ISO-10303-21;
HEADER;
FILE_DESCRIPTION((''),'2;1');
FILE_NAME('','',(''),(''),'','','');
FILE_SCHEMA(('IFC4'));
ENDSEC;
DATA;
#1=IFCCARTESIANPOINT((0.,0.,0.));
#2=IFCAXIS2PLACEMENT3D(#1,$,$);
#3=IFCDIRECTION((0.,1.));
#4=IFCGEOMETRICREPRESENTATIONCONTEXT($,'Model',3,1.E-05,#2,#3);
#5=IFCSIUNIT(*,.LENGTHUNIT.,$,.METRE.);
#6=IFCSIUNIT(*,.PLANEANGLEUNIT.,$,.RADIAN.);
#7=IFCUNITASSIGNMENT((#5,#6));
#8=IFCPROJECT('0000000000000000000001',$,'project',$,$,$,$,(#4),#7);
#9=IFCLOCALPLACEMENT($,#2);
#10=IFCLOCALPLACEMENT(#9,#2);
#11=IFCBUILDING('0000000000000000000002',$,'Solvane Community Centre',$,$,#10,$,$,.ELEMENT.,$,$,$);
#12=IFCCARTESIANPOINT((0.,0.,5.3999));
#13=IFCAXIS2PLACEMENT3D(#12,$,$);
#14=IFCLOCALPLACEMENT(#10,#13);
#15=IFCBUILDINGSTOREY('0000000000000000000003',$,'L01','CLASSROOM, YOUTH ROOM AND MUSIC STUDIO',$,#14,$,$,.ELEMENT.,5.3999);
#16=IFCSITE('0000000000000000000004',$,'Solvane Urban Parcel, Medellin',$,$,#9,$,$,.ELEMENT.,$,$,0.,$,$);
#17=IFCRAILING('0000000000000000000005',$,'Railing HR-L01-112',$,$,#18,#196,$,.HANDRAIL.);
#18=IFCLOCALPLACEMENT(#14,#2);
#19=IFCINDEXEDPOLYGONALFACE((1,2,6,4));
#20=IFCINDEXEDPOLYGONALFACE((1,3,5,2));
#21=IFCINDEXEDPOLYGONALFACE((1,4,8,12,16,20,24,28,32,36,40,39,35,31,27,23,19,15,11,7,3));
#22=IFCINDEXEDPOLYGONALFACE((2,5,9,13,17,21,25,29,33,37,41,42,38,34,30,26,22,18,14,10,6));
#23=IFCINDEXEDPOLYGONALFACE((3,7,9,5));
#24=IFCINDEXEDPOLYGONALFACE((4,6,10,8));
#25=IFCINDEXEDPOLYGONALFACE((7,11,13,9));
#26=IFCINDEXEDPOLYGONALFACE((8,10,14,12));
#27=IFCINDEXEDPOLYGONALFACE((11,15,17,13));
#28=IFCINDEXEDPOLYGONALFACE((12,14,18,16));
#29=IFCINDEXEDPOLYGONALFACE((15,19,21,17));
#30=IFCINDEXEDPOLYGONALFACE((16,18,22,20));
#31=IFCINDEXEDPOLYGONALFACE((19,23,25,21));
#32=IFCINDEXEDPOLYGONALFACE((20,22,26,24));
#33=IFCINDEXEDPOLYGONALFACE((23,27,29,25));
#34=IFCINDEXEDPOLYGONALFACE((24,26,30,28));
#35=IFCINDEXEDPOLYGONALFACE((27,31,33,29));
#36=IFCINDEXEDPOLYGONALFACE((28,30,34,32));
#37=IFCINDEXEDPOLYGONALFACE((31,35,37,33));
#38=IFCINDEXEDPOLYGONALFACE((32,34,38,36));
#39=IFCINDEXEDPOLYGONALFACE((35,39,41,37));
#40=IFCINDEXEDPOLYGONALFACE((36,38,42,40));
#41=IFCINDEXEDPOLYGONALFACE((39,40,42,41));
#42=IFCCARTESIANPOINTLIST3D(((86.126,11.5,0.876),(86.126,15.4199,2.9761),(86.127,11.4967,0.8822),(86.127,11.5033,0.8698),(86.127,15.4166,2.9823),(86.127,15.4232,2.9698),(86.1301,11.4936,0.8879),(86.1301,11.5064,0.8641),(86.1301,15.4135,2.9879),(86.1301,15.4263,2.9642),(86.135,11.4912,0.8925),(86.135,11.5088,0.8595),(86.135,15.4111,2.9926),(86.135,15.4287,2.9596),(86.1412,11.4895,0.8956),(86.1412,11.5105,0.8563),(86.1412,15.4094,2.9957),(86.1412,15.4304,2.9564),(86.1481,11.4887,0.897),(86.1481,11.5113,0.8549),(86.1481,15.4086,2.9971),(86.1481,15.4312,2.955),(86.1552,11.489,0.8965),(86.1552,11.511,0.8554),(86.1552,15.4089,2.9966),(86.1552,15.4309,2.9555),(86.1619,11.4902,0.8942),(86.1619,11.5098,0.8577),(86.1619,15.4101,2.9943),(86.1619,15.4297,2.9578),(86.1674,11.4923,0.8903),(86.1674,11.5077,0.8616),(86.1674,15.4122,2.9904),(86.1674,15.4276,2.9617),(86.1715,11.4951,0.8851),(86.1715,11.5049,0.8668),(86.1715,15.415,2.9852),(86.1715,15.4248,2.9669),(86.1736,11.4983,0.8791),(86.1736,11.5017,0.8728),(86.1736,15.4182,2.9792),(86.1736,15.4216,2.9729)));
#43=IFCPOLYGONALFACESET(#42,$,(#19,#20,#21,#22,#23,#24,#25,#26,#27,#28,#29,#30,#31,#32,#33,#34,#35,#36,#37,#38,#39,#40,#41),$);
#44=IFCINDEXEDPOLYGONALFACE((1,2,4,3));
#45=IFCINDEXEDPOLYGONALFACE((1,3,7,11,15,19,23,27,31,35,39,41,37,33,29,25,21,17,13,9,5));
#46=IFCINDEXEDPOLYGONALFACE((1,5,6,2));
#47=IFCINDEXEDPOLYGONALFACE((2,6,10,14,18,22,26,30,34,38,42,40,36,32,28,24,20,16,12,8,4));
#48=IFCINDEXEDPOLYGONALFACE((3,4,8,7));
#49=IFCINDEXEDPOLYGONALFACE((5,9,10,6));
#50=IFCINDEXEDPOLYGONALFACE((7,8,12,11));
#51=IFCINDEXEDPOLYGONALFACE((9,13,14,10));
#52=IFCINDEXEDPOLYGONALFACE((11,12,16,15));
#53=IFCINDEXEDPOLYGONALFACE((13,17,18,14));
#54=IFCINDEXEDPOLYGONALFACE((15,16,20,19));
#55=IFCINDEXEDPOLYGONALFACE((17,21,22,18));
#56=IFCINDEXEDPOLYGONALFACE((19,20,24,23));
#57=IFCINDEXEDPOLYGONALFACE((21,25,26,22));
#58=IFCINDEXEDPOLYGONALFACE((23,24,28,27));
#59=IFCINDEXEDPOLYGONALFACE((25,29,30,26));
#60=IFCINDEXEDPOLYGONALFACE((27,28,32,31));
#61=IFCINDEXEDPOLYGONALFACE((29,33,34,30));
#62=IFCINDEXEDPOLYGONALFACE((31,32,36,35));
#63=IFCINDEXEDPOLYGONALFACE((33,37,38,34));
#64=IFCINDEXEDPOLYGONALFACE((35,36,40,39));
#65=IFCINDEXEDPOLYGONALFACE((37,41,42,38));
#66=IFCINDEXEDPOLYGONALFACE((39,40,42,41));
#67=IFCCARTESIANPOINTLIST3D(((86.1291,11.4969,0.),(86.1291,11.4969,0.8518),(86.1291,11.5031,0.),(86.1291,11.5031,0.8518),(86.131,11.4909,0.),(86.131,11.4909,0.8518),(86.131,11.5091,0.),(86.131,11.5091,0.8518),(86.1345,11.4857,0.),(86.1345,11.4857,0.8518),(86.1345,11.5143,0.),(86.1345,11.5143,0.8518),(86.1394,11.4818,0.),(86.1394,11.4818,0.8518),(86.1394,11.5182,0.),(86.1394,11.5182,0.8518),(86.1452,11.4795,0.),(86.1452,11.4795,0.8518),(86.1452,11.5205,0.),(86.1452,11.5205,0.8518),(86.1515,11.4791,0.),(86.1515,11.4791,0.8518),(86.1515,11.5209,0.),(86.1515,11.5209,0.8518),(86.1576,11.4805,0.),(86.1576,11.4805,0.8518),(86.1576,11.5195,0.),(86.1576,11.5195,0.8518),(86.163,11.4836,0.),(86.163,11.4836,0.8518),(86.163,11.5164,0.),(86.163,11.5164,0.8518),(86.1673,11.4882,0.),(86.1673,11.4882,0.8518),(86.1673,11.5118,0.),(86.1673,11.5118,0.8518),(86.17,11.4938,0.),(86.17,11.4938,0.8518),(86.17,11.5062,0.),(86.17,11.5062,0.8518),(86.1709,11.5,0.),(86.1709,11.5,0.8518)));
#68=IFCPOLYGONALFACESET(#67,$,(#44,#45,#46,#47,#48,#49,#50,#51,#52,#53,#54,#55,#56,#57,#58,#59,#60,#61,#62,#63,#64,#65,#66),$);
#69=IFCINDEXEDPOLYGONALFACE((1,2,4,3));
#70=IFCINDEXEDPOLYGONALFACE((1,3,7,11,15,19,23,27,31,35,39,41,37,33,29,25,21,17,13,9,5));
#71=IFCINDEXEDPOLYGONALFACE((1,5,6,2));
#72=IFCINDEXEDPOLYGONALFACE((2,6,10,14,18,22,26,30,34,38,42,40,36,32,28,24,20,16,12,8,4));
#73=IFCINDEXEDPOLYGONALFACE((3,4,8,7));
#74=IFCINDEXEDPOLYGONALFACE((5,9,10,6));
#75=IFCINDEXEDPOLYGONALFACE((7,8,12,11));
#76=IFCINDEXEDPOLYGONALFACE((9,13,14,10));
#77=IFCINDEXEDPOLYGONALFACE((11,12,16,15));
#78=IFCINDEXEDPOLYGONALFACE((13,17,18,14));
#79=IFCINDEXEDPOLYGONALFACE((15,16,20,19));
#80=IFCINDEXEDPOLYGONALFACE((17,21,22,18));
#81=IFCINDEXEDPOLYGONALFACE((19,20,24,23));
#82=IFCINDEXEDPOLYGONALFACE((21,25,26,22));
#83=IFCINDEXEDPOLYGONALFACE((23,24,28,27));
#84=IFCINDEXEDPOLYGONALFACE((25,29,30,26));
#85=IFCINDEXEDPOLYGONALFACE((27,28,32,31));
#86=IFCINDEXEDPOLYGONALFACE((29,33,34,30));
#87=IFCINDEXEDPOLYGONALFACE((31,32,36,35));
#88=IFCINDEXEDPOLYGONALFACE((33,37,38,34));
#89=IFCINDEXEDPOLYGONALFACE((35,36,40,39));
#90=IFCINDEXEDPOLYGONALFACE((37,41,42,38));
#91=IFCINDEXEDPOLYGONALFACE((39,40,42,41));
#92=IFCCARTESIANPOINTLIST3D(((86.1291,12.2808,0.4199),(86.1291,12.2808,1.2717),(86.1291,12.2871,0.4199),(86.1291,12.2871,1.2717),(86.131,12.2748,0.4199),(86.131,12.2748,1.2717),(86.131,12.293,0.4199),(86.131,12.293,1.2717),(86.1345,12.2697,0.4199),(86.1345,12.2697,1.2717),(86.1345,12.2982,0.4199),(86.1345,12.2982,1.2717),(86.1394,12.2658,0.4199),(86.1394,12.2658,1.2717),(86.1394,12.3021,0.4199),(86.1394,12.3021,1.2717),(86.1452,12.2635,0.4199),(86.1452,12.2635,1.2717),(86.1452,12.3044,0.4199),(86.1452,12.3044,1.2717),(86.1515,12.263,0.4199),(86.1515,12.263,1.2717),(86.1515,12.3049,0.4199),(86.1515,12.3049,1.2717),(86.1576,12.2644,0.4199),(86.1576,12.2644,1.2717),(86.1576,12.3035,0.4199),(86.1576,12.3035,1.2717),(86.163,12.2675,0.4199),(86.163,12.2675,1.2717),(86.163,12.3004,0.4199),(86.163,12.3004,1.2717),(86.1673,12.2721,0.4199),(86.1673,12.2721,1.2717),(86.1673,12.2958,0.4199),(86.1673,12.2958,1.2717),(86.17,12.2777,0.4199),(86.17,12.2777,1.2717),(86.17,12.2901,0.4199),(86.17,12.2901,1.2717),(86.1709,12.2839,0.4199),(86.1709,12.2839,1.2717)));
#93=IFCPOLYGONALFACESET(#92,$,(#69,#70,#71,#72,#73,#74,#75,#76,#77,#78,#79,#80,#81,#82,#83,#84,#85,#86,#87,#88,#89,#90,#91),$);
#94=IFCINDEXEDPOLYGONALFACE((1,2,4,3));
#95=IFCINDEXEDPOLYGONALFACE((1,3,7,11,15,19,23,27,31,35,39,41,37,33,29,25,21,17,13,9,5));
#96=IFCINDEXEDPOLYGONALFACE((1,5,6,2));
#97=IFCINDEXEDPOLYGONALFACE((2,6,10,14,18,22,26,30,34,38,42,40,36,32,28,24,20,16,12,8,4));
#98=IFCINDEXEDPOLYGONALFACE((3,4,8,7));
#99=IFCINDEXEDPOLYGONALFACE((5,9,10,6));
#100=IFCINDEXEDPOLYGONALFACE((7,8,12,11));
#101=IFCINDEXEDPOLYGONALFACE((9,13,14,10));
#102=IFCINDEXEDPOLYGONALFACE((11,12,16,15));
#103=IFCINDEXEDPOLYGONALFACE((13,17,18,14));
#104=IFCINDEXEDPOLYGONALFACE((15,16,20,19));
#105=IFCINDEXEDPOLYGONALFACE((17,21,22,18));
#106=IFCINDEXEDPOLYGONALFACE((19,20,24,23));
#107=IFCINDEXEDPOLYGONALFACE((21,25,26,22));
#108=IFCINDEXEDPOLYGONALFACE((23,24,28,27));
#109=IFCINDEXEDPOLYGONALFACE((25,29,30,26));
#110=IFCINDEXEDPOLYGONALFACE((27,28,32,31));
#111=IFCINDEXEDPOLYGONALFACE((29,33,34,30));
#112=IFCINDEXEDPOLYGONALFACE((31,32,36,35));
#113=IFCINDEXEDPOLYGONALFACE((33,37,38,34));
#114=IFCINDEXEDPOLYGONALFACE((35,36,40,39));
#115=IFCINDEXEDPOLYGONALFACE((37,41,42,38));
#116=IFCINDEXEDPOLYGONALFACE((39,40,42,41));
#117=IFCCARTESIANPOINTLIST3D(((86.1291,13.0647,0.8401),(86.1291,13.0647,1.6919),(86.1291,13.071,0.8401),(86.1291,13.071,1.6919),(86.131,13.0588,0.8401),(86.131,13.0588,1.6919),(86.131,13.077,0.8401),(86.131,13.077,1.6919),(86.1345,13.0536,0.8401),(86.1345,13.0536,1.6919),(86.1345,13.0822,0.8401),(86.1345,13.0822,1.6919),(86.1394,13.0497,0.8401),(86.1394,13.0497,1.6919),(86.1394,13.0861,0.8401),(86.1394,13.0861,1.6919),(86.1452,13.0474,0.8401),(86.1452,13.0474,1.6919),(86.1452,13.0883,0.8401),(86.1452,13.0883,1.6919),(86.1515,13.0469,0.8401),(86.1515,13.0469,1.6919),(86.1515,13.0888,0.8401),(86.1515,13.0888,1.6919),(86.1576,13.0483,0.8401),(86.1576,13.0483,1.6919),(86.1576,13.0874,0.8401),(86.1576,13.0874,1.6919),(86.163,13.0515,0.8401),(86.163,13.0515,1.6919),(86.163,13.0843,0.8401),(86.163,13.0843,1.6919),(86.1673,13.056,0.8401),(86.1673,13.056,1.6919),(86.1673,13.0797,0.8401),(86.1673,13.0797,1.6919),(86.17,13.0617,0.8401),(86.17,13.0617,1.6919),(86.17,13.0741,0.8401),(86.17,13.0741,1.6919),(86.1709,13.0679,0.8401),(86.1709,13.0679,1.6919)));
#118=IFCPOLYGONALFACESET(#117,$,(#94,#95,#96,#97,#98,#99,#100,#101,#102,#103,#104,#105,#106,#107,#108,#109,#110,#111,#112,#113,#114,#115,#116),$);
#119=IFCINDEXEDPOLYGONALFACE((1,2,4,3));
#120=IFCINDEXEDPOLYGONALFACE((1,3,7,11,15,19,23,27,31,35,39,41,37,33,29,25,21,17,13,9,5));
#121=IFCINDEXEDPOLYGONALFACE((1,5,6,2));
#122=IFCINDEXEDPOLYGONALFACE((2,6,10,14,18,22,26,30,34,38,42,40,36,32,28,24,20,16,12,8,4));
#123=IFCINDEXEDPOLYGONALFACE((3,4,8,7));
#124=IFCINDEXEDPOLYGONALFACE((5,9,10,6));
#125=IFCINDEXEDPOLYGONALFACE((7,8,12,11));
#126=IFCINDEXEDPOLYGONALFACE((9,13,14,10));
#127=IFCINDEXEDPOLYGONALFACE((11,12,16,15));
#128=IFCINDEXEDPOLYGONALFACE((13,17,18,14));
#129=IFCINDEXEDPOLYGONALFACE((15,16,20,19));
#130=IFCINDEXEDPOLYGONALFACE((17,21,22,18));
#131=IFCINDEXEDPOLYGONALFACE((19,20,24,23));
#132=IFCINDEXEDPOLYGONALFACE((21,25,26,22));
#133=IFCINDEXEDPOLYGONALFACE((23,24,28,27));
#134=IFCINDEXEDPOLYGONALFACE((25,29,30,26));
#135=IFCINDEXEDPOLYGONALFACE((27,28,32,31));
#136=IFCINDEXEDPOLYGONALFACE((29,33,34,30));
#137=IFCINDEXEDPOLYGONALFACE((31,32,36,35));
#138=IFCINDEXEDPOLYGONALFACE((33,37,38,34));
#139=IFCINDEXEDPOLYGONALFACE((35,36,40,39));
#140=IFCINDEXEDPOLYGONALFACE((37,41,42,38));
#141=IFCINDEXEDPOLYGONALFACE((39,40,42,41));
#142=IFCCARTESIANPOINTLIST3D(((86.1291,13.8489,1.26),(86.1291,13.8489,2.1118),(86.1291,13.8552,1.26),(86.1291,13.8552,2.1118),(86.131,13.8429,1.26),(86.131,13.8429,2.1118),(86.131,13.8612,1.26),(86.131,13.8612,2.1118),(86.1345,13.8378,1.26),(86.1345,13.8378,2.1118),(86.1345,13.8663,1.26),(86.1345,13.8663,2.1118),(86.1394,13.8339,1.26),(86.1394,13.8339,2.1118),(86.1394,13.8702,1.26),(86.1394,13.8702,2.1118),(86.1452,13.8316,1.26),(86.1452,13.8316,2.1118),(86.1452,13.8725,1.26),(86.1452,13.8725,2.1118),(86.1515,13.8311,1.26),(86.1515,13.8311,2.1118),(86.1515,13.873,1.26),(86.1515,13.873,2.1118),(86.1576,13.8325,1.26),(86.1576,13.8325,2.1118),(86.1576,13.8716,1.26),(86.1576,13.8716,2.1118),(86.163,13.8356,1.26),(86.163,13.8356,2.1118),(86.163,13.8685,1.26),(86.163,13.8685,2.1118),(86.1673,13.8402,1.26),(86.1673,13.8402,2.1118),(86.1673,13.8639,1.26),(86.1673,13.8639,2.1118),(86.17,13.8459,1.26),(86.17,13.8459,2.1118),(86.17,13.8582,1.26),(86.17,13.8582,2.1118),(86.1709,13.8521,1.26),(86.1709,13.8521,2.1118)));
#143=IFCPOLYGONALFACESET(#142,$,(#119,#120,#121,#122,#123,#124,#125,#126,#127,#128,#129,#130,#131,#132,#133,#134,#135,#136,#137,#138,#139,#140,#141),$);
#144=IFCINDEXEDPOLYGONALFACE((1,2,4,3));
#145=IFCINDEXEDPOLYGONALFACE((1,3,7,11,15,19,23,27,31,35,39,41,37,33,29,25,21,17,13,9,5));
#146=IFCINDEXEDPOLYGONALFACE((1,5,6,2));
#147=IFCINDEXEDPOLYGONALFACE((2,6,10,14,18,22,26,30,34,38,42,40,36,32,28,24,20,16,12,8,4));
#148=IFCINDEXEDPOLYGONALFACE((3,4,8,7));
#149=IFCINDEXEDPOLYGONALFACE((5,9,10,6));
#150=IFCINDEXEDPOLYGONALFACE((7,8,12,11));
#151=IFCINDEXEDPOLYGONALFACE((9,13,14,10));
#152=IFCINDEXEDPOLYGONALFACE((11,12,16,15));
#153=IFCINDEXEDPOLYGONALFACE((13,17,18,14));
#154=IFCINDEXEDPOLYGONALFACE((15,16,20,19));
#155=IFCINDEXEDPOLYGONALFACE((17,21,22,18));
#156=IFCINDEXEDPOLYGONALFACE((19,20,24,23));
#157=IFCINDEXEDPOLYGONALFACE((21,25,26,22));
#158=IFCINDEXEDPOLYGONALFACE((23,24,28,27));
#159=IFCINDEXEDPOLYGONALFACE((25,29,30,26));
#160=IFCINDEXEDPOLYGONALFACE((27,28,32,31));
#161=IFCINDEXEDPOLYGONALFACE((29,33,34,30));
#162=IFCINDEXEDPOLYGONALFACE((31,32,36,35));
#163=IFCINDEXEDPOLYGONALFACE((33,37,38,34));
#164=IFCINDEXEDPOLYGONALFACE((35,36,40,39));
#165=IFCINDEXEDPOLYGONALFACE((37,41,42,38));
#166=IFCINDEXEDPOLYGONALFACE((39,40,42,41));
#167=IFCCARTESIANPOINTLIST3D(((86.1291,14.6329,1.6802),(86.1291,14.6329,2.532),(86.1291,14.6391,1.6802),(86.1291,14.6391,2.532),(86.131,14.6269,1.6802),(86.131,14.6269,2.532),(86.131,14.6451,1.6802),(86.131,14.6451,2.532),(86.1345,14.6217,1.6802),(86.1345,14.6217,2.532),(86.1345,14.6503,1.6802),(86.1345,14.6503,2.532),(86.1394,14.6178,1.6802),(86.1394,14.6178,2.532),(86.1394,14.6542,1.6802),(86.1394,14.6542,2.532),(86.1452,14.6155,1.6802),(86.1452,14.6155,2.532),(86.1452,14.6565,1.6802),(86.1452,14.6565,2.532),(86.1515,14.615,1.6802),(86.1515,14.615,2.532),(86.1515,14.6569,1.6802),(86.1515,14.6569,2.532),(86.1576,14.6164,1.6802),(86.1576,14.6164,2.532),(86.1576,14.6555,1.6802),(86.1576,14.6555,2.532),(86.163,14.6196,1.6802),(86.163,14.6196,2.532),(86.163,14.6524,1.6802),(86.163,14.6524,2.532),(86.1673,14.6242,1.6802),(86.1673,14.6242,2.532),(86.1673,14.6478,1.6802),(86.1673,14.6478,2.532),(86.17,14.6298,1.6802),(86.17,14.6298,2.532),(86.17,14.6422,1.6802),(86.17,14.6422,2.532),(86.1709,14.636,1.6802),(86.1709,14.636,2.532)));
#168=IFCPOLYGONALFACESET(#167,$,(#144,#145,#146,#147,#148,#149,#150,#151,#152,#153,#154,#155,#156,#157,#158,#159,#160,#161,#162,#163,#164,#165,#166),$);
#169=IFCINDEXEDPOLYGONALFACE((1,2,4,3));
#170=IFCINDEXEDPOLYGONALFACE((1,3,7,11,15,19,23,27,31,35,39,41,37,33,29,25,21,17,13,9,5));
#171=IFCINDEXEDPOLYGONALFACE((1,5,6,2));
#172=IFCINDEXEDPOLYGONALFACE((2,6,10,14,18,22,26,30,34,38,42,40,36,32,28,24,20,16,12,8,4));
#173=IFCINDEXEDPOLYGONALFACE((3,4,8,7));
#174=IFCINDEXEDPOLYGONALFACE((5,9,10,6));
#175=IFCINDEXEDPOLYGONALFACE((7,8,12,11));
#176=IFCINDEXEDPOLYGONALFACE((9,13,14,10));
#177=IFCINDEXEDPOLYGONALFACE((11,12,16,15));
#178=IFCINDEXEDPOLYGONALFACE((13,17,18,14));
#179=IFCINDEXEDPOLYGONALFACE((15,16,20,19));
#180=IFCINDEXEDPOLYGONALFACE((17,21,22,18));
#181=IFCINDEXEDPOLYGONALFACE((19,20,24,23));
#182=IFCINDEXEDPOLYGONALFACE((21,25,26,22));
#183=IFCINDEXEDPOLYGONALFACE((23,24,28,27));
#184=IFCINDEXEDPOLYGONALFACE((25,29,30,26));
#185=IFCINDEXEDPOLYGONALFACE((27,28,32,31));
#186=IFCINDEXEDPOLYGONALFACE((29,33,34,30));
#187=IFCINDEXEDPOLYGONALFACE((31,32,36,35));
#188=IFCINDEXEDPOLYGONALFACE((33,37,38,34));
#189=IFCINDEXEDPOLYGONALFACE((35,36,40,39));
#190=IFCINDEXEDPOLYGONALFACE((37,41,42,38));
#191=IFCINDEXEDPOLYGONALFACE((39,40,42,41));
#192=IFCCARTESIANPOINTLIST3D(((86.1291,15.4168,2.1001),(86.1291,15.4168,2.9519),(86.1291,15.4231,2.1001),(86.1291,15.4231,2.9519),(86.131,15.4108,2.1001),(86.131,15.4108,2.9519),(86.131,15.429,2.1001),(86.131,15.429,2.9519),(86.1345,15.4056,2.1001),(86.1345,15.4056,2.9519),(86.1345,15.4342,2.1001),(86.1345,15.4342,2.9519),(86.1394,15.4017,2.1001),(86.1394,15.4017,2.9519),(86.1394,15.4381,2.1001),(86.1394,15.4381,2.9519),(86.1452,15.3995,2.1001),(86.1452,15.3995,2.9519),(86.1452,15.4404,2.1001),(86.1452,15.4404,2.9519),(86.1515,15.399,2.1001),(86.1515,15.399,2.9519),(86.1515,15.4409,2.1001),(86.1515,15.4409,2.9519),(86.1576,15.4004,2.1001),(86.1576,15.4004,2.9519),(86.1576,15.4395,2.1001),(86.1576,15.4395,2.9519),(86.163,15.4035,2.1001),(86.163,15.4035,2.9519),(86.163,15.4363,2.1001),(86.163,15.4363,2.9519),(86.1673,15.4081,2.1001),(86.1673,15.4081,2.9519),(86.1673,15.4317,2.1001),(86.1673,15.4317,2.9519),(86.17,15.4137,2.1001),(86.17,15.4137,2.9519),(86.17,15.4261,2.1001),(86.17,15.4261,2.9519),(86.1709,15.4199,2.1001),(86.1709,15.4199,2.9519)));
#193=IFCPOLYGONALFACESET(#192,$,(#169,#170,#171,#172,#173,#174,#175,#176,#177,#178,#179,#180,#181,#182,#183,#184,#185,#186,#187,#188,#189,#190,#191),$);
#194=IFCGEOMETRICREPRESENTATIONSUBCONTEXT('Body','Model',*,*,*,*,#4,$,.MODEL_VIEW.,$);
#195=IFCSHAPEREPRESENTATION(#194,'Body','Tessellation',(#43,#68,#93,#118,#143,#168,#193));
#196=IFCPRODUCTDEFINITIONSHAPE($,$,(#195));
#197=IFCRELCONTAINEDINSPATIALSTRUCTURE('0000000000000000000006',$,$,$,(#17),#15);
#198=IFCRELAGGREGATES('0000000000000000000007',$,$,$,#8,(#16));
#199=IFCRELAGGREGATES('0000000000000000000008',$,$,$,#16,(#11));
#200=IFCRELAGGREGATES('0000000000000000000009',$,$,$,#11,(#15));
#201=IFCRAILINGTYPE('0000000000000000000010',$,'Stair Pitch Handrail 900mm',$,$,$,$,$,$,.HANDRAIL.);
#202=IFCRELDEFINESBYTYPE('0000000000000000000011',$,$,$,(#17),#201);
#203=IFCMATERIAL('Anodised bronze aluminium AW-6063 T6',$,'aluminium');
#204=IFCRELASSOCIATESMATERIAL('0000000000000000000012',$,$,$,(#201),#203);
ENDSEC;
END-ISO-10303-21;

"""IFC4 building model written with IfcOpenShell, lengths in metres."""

from ifc_helpers import new_model, si_unit, direction, frame, origin, origin_2d, place, context, subcontext, project, spatial, circle, extrude, material, type_object, element, save


model = new_model("IFC4")

# Units and contexts
model_context = context("Model", 3, precision=1e-05, world=origin(), true_north=direction((0.0, 1.0)))
body_context = subcontext(model_context, "Body", "Model", "MODEL_VIEW")
ifc_project = project(units=[si_unit("LENGTHUNIT", "METRE"), si_unit("PLANEANGLEUNIT", "RADIAN")], contexts=[model_context])

# Site, building, storey
site_placement = place(None, origin())
site = spatial("IfcSite", under=ifc_project, at=site_placement, Name="Solvane Urban Parcel, Medellin", CompositionType="ELEMENT", RefElevation=0.0)
building_placement = place(site_placement, origin())
building = spatial("IfcBuilding", under=site, at=building_placement, Name="Solvane Community Centre", CompositionType="ELEMENT")
storey_placement = place(building_placement, frame((0.0, 0.0, 5.3999)))
storey = spatial("IfcBuildingStorey", under=building, at=storey_placement, Name="L01", Description="CLASSROOM, YOUTH ROOM AND MUSIC STUDIO", CompositionType="ELEMENT", Elevation=5.3999)

# Shared definitions
ifc_material_1 = material(Name="Anodised bronze aluminium AW-6063 T6", Category="aluminium")

# Railing
railing_type_1 = type_object("IfcRailingType", Name="Stair Pitch Handrail 900mm", PredefinedType="HANDRAIL", material=ifc_material_1)
railing_1_placement = place(storey_placement, frame((86.1499, 11.5, 0.0)))
element("IfcRailing", 1, at=railing_1_placement, inside=storey, type_object=railing_type_1, Name="Railing HR-L01-112", PredefinedType="HANDRAIL", context=body_context, shape_type="SweptSolid", body=[
    extrude(circle(Radius=0.0239, at=origin_2d()), frame((0.0, 0.0, 0.876), z_axis=(0.0, 0.881467, 0.472246), x_axis=(-1.0, 0.0, 0.0)), (0.0, 0.0, 1.0), 4.447),
    extrude(circle(Radius=0.021, at=origin_2d()), origin(), (0.0, 0.0, 1.0), 0.8518),
    extrude(circle(Radius=0.021, at=origin_2d()), frame((0.0, 0.7839, 0.4199)), (0.0, 0.0, 1.0), 0.8518),
    extrude(circle(Radius=0.021, at=origin_2d()), frame((0.0, 1.5679, 0.8401)), (0.0, 0.0, 1.0), 0.8518),
    extrude(circle(Radius=0.021, at=origin_2d()), frame((0.0, 2.3521, 1.26)), (0.0, 0.0, 1.0), 0.8518),
    extrude(circle(Radius=0.021, at=origin_2d()), frame((0.0, 3.136, 1.6802)), (0.0, 0.0, 1.0), 0.8518),
    extrude(circle(Radius=0.021, at=origin_2d()), frame((0.0, 3.9199, 2.1001)), (0.0, 0.0, 1.0), 0.8518),
])

save(model, "model.ifc")
